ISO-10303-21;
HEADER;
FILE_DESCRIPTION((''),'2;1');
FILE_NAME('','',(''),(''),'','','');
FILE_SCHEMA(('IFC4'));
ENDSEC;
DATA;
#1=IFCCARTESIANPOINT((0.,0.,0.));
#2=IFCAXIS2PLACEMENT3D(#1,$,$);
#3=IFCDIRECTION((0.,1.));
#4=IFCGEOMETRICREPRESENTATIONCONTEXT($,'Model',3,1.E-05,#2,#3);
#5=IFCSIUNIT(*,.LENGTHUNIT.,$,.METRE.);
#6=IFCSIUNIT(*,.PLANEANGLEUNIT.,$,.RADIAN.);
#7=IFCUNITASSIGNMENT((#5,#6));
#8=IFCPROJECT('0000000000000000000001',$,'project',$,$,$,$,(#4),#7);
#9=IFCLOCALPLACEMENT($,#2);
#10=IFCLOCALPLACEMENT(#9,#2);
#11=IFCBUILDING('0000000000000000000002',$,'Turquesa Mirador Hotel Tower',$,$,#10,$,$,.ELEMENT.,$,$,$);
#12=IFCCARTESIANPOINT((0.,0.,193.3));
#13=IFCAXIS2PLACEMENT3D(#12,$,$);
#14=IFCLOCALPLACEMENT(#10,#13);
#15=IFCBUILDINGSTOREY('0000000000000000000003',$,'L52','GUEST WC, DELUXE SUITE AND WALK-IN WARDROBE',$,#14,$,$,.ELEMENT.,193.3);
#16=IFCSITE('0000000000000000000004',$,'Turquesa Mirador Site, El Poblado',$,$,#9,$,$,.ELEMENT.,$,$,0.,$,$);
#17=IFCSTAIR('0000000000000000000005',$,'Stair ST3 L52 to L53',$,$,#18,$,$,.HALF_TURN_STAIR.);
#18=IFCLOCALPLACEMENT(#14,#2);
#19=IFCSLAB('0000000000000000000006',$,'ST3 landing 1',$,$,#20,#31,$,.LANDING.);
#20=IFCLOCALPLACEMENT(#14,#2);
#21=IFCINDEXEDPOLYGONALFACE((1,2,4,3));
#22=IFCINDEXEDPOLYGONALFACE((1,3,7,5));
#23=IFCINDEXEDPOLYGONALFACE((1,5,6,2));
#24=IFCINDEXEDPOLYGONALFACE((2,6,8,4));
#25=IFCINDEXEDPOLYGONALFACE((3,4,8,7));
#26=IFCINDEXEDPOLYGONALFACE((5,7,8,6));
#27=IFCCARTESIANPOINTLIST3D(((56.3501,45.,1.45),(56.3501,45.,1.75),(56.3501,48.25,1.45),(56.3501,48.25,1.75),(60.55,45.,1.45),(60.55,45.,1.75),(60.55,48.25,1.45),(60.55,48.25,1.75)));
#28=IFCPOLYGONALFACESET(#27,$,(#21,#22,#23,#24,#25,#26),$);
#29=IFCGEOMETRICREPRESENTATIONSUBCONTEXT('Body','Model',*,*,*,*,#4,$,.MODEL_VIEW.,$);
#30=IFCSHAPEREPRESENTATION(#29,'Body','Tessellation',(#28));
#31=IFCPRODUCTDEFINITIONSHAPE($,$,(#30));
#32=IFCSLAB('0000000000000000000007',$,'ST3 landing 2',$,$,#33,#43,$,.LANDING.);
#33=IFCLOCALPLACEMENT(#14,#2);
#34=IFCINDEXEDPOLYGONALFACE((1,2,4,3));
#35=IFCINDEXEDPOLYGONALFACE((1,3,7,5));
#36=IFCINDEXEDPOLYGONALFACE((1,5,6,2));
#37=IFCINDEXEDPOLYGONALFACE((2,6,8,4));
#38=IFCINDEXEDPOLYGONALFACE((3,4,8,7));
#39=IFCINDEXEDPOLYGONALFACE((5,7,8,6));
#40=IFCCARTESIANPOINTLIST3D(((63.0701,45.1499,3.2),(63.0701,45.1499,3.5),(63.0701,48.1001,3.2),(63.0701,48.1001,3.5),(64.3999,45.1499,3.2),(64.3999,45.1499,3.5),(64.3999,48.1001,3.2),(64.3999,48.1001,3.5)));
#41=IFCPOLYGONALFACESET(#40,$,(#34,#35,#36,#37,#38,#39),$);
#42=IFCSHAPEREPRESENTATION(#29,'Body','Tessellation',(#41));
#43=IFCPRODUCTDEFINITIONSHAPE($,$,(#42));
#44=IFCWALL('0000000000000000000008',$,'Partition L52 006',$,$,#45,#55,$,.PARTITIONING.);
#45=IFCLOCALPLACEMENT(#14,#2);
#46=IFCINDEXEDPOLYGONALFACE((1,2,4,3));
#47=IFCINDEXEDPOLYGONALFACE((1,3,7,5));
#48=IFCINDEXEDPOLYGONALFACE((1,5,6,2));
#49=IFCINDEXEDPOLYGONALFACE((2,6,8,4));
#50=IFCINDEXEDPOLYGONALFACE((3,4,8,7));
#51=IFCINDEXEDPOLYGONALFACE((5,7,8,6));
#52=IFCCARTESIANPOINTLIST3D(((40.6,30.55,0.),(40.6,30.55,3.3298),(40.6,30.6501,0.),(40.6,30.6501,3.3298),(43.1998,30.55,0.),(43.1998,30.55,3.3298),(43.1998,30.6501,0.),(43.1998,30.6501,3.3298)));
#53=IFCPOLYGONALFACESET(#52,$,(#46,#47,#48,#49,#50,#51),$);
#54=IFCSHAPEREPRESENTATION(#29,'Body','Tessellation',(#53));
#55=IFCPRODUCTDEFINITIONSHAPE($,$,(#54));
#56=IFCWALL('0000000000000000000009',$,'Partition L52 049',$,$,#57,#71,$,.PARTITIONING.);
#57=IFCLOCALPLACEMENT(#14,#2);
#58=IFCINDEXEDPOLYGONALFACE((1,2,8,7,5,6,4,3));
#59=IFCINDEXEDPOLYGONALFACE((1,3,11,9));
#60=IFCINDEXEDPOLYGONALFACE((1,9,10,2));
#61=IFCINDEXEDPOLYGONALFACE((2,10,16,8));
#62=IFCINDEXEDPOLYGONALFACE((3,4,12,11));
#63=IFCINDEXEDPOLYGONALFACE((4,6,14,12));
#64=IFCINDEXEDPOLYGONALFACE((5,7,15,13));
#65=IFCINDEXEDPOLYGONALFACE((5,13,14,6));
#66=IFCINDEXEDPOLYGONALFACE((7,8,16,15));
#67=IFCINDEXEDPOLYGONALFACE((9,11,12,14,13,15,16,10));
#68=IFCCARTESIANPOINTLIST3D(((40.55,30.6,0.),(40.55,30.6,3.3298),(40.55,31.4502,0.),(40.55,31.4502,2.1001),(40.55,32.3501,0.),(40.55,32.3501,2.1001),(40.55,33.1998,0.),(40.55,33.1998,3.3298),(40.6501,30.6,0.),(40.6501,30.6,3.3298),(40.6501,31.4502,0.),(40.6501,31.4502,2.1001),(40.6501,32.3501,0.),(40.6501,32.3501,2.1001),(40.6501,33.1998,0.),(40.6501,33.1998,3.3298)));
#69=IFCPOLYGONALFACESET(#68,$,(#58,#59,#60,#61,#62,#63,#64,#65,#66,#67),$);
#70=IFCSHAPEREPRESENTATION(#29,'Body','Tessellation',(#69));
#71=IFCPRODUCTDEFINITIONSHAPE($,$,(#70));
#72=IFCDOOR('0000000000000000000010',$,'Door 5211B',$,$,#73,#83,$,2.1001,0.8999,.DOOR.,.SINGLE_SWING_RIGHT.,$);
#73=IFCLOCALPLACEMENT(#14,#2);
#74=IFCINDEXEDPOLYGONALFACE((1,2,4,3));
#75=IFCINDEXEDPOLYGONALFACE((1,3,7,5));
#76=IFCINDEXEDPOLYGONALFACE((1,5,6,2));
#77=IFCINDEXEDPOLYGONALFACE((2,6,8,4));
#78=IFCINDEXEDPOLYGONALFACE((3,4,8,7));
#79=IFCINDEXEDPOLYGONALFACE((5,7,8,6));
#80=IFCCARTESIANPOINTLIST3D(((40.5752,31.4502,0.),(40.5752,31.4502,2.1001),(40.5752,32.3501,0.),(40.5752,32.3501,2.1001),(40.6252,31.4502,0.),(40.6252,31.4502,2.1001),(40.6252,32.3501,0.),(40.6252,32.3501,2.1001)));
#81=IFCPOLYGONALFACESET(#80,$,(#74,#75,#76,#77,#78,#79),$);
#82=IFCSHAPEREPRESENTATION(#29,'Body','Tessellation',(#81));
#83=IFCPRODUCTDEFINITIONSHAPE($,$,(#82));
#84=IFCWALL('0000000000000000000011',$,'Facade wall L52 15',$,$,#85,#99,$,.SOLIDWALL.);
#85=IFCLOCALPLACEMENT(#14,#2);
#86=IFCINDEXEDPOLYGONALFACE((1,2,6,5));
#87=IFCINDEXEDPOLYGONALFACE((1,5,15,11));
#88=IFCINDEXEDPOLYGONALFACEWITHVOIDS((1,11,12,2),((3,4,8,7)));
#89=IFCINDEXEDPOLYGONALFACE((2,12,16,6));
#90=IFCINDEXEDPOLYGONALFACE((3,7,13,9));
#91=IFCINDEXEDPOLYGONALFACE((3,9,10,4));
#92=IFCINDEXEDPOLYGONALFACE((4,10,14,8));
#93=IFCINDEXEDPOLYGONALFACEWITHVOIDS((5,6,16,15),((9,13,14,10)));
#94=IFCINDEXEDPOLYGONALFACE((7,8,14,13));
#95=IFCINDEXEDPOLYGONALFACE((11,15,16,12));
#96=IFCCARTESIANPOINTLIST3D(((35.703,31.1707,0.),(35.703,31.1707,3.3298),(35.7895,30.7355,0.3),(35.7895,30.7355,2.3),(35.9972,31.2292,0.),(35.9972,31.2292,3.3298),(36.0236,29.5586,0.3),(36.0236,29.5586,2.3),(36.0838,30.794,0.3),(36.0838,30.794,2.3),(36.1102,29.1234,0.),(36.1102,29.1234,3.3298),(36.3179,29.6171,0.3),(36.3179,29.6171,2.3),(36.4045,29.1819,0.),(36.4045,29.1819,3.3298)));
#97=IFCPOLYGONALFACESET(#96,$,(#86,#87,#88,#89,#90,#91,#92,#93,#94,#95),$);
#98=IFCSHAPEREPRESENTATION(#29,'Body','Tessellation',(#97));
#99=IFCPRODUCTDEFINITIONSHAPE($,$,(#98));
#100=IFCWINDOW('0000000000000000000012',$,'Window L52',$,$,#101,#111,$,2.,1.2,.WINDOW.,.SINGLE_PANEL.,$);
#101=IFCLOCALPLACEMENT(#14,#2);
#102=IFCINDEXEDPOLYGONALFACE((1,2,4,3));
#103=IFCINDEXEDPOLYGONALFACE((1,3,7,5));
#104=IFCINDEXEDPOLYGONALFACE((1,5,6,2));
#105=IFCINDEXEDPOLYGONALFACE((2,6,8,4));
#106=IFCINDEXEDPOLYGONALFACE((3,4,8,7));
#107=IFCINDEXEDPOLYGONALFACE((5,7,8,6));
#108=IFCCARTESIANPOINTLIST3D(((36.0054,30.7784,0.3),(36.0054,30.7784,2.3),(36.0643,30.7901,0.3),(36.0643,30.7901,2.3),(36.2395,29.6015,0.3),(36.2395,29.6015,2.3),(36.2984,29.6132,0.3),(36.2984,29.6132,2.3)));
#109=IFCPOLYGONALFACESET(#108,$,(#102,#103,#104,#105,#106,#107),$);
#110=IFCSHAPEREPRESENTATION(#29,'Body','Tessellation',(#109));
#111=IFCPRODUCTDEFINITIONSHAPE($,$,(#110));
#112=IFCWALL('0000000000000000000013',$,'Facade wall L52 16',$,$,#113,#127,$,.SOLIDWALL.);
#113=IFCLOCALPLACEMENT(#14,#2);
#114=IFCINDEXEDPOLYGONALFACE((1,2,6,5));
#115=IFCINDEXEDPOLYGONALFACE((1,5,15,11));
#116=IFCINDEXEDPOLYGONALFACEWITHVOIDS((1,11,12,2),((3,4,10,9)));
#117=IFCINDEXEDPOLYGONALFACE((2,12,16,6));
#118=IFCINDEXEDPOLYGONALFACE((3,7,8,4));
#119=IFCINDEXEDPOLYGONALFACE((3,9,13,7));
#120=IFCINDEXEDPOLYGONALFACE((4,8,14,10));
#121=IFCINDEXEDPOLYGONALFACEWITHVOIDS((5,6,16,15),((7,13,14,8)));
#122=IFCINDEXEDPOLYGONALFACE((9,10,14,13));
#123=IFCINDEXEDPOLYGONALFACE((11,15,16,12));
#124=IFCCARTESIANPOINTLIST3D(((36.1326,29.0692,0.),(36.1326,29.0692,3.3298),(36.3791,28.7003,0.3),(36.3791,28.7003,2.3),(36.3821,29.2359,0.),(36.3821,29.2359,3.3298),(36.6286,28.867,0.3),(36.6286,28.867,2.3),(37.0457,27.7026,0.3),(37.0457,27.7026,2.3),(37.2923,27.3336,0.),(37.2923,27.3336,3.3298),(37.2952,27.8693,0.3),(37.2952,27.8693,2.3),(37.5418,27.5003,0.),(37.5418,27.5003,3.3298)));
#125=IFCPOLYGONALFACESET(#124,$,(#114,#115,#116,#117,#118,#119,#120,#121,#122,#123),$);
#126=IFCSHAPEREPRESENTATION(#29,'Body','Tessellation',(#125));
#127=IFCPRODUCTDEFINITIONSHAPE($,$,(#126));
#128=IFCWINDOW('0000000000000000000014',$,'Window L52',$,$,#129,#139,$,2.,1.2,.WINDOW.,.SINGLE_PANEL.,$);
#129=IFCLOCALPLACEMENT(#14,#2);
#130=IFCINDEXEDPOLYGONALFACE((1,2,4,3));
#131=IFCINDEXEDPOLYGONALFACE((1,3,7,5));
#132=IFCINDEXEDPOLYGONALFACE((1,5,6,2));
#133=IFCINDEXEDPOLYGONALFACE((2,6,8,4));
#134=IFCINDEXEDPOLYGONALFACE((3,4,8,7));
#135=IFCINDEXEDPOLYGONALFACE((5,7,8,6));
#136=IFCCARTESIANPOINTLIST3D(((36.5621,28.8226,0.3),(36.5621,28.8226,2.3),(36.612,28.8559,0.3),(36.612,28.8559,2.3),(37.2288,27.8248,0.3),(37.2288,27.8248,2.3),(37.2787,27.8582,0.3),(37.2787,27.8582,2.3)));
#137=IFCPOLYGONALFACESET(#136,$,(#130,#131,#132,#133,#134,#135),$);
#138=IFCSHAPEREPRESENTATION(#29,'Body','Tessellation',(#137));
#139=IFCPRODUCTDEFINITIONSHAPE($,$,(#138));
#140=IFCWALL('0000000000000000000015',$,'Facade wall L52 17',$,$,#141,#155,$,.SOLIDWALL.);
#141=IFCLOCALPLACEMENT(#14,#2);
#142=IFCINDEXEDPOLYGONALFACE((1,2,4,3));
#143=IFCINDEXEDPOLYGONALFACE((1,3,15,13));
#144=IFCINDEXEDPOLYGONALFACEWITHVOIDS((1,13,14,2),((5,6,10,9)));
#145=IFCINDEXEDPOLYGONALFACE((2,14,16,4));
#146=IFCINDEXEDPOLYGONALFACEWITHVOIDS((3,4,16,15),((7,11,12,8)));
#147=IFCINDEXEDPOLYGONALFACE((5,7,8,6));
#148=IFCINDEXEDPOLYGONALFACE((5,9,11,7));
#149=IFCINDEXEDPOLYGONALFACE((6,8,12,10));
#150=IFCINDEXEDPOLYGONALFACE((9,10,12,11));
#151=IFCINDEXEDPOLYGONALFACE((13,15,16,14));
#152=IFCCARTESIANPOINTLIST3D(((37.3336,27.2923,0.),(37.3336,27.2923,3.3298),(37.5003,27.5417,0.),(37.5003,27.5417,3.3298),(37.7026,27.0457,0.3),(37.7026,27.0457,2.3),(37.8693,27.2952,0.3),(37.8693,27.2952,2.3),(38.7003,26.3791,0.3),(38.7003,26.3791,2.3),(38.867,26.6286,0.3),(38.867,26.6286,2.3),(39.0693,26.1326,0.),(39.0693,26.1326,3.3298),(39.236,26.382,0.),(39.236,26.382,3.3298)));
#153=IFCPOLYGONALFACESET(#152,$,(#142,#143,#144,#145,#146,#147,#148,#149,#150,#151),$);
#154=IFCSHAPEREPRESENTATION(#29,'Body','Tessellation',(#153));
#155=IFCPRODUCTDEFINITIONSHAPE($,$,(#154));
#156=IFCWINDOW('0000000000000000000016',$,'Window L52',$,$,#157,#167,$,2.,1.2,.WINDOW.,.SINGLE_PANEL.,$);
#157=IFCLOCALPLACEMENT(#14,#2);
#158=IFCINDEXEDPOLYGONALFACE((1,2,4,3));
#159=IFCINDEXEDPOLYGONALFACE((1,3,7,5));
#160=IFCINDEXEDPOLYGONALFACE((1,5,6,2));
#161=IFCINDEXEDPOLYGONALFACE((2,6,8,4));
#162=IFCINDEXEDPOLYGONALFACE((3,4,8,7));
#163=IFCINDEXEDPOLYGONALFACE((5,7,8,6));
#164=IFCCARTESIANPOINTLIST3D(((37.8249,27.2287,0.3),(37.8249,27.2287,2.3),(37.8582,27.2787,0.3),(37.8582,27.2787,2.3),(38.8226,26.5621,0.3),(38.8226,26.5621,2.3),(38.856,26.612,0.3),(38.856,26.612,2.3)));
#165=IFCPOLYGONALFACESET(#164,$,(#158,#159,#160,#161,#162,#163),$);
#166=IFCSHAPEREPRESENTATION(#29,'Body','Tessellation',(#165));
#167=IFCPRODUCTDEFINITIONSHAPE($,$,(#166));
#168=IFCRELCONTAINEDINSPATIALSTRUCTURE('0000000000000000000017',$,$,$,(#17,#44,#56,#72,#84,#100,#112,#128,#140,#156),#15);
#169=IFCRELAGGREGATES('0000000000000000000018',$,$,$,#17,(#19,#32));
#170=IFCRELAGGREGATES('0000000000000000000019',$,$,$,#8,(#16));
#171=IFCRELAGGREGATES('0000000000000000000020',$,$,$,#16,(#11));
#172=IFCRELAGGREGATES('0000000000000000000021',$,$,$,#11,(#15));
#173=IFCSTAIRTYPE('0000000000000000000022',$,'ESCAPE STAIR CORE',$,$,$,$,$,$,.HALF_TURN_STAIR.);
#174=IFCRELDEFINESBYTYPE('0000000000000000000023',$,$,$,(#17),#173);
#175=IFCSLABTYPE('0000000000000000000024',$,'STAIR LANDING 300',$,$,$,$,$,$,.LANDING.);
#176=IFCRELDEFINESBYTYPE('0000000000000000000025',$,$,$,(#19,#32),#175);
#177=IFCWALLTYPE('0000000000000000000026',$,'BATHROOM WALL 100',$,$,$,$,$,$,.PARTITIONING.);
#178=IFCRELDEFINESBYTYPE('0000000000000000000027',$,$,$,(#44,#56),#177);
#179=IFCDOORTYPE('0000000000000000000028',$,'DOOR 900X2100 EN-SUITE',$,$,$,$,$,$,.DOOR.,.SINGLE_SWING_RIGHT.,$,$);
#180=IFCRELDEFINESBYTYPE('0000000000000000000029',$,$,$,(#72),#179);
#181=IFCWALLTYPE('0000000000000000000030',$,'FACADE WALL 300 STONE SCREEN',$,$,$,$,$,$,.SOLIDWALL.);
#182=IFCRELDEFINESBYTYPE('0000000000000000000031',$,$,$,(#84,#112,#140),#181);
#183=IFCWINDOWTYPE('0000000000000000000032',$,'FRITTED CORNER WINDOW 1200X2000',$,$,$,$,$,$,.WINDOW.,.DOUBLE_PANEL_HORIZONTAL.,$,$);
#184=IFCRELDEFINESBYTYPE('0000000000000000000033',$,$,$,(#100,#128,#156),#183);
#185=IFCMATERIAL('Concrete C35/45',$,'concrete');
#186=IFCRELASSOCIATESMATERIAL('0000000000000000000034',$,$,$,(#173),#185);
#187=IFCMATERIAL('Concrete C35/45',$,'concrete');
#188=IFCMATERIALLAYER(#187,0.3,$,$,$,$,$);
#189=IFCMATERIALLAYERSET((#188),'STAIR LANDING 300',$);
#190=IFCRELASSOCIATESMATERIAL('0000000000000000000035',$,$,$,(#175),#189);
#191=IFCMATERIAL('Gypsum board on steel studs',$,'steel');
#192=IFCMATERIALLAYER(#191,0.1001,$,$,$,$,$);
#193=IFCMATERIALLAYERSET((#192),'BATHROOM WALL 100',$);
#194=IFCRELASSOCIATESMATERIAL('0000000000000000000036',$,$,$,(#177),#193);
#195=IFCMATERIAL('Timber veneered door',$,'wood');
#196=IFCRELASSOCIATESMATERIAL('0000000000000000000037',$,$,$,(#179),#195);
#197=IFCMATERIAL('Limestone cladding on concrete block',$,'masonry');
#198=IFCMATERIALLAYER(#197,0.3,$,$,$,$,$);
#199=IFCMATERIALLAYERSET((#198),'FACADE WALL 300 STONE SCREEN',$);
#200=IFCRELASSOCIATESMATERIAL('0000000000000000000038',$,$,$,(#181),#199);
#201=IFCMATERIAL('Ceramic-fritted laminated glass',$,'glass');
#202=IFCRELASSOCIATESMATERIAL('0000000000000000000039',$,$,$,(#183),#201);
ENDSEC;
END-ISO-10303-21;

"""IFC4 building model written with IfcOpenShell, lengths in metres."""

from ifc_helpers import new_model, si_unit, direction, frame, frame_2d, origin, place, context, subcontext, project, spatial, polyline, rectangle, outline, extrude, material, layer, layer_set, type_object, element, fill, aggregate, save


model = new_model("IFC4")

# Units and contexts
model_context = context("Model", 3, precision=1e-05, world=origin(), true_north=direction((0.0, 1.0)))
body_context = subcontext(model_context, "Body", "Model", "MODEL_VIEW")
ifc_project = project(units=[si_unit("LENGTHUNIT", "METRE"), si_unit("PLANEANGLEUNIT", "RADIAN")], contexts=[model_context])

# Site, building, storey
site_placement = place(None, origin())
site = spatial("IfcSite", under=ifc_project, at=site_placement, Name="Turquesa Mirador Site, El Poblado", CompositionType="ELEMENT", RefElevation=0.0)
building_placement = place(site_placement, origin())
building = spatial("IfcBuilding", under=site, at=building_placement, Name="Turquesa Mirador Hotel Tower", CompositionType="ELEMENT")
storey_placement = place(building_placement, frame((0.0, 0.0, 193.3)))
storey = spatial("IfcBuildingStorey", under=building, at=storey_placement, Name="L52", Description="GUEST WC, DELUXE SUITE AND WALK-IN WARDROBE", CompositionType="ELEMENT", Elevation=193.3)

# Stair, slabs
ifc_material_1 = material(Name="Concrete C35/45", Category="concrete")
stair_type = type_object("IfcStairType", Name="ESCAPE STAIR CORE", PredefinedType="HALF_TURN_STAIR", material=ifc_material_1)
ifc_material_2 = material(Name="Concrete C35/45", Category="concrete")
ifc_layer_1 = layer(ifc_material_2, 0.3)
ifc_layer_set_1 = layer_set([ifc_layer_1], Name="STAIR LANDING 300")
slab_type_1 = type_object("IfcSlabType", Name="STAIR LANDING 300", PredefinedType="LANDING", material=ifc_layer_set_1)
stair_1_placement = place(storey_placement, origin())
stair_1 = element("IfcStair", 1, at=stair_1_placement, inside=storey, type_object=stair_type, Name="Stair ST3 L52 to L53", PredefinedType="HALF_TURN_STAIR")
slab_1_placement = place(storey_placement, frame((0.0, 0.0, 1.45)))
slab_1 = element("IfcSlab", 2, at=slab_1_placement, type_object=slab_type_1, Name="ST3 landing 1", PredefinedType="LANDING", context=body_context, shape_type="SweptSolid", body=[
    extrude(outline(polyline([(56.3501, 45.0), (60.55, 45.0), (60.55, 48.25), (56.3501, 48.25), (56.3501, 45.0)])), origin(), (0.0, 0.0, 1.0), 0.3),
])
slab_2_placement = place(storey_placement, frame((0.0, 0.0, 3.2)))
slab_2 = element("IfcSlab", 3, at=slab_2_placement, type_object=slab_type_1, Name="ST3 landing 2", PredefinedType="LANDING", context=body_context, shape_type="SweptSolid", body=[
    extrude(outline(polyline([(63.0701, 45.1499), (64.3999, 45.1499), (64.3999, 48.1001), (63.0701, 48.1001), (63.0701, 45.1499)])), origin(), (0.0, 0.0, 1.0), 0.3),
])
aggregate(stair_1, [slab_1, slab_2])

# Wall
ifc_material_3 = material(Name="Gypsum board on steel studs", Category="steel")
ifc_layer_2 = layer(ifc_material_3, 0.1001)
ifc_layer_set_2 = layer_set([ifc_layer_2], Name="BATHROOM WALL 100")
wall_type_1 = type_object("IfcWallType", Name="BATHROOM WALL 100", PredefinedType="PARTITIONING", material=ifc_layer_set_2)
wall_1_placement = place(storey_placement, frame((40.6001, 30.6001, 0.0), z_axis=(0.0, 0.0, 1.0), x_axis=(1.0, 0.0, 0.0)))
element("IfcWall", 4, at=wall_1_placement, inside=storey, type_object=wall_type_1, Name="Partition L52 006", PredefinedType="PARTITIONING", context=body_context, shape_type="SweptSolid", body=[
    extrude(rectangle(XDim=2.5999, YDim=0.1001, at=frame_2d((1.2998, 0.0))), origin(), (0.0, 0.0, 1.0), 3.3298),
])

# Wall, opening, door
wall_2_placement = place(storey_placement, frame((40.6001, 30.6001, 0.0), z_axis=(0.0, 0.0, 1.0), x_axis=(0.0, 1.0, 0.0)))
wall_2 = element("IfcWall", 5, at=wall_2_placement, inside=storey, type_object=wall_type_1, Name="Partition L52 049", PredefinedType="PARTITIONING", context=body_context, shape_type="SweptSolid", body=[
    extrude(rectangle(XDim=2.5999, YDim=0.1001, at=frame_2d((1.2998, 0.0))), origin(), (0.0, 0.0, 1.0), 3.3298),
])
opening_1_placement = place(wall_2_placement, frame((0.8501, 0.0, 0.0)))
opening_1 = element("IfcOpeningElement", 6, at=opening_1_placement, cuts=wall_2, PredefinedType="OPENING", context=body_context, shape_type="SweptSolid", body=[
    extrude(rectangle(XDim=0.8999, YDim=2.1001, at=frame_2d((0.45, 1.05))), frame((0.0, 0.0601, 0.0), z_axis=(0.0, -1.0, 0.0), x_axis=(1.0, 0.0, 0.0)), (0.0, 0.0, 1.0), 0.1201),
])
ifc_material_4 = material(Name="Timber veneered door", Category="wood")
door_type = type_object("IfcDoorType", Name="DOOR 900X2100 EN-SUITE", OperationType="SINGLE_SWING_RIGHT", PredefinedType="DOOR", material=ifc_material_4)
door_placement = place(opening_1_placement, origin())
door = element("IfcDoor", 7, at=door_placement, inside=storey, type_object=door_type, Name="Door 5211B", OperationType="SINGLE_SWING_RIGHT", OverallHeight=2.1001, OverallWidth=0.8999, PredefinedType="DOOR", context=body_context, shape_type="SweptSolid", body=[
    extrude(rectangle(XDim=0.8999, YDim=2.1001, at=frame_2d((0.45, 1.05))), frame((0.0, 0.0249, 0.0), z_axis=(0.0, -1.0, 0.0), x_axis=(1.0, 0.0, 0.0)), (0.0, 0.0, 1.0), 0.05),
])
fill(opening_1, door)

# Walls, openings, windows
ifc_material_5 = material(Name="Limestone cladding on concrete block", Category="masonry")
ifc_layer_3 = layer(ifc_material_5, 0.3)
ifc_layer_set_3 = layer_set([ifc_layer_3], Name="FACADE WALL 300 STONE SCREEN")
wall_type_2 = type_object("IfcWallType", Name="FACADE WALL 300 STONE SCREEN", PredefinedType="SOLIDWALL", material=ifc_layer_set_3)
wall_3_placement = place(storey_placement, frame((35.8501, 31.2, 0.0), z_axis=(0.0, 0.0, 1.0), x_axis=(0.195081, -0.980787, 0.0)))
wall_3 = element("IfcWall", 8, at=wall_3_placement, inside=storey, type_object=wall_type_2, Name="Facade wall L52 15", PredefinedType="SOLIDWALL", context=body_context, shape_type="SweptSolid", body=[
    extrude(rectangle(XDim=2.0874, YDim=0.3, at=frame_2d((1.0437, 0.0))), origin(), (0.0, 0.0, 1.0), 3.3298),
])
opening_2_placement = place(wall_3_placement, frame((0.4436, 0.0, 0.3)))
opening_2 = element("IfcOpeningElement", 9, at=opening_2_placement, cuts=wall_3, PredefinedType="OPENING", context=body_context, shape_type="SweptSolid", body=[
    extrude(rectangle(XDim=1.2, YDim=2.0, at=frame_2d((0.6001, 1.0))), frame((0.0, 0.1599, 0.0), z_axis=(0.0, -1.0, 0.0), x_axis=(1.0, 0.0, 0.0)), (0.0, 0.0, 1.0), 0.3201),
])
ifc_material_6 = material(Name="Ceramic-fritted laminated glass", Category="glass")
window_type_1 = type_object("IfcWindowType", Name="FRITTED CORNER WINDOW 1200X2000", PartitioningType="DOUBLE_PANEL_HORIZONTAL", PredefinedType="WINDOW", material=ifc_material_6)
window_1_placement = place(opening_2_placement, origin())
window_1 = element("IfcWindow", 10, at=window_1_placement, inside=storey, type_object=window_type_1, Name="Window L52", OverallHeight=2.0, OverallWidth=1.2, PartitioningType="SINGLE_PANEL", PredefinedType="WINDOW", context=body_context, shape_type="SweptSolid", body=[
    extrude(rectangle(XDim=1.2, YDim=2.0, at=frame_2d((0.6001, 1.0))), frame((0.0, 0.1301, 0.0), z_axis=(0.0, -1.0, 0.0), x_axis=(1.0, 0.0, 0.0)), (0.0, 0.0, 1.0), 0.0601),
])
fill(opening_2, window_1)
wall_4_placement = place(storey_placement, frame((36.2573, 29.1526, 0.0), z_axis=(0.0, 0.0, 1.0), x_axis=(0.555564, -0.831474, 0.0)))
wall_4 = element("IfcWall", 11, at=wall_4_placement, inside=storey, type_object=wall_type_2, Name="Facade wall L52 16", PredefinedType="SOLIDWALL", context=body_context, shape_type="SweptSolid", body=[
    extrude(rectangle(XDim=2.0874, YDim=0.3, at=frame_2d((1.0437, 0.0))), origin(), (0.0, 0.0, 1.0), 3.3298),
])
opening_3_placement = place(wall_4_placement, frame((0.4436, 0.0, 0.3)))
opening_3 = element("IfcOpeningElement", 12, at=opening_3_placement, cuts=wall_4, PredefinedType="OPENING", context=body_context, shape_type="SweptSolid", body=[
    extrude(rectangle(XDim=1.2, YDim=2.0, at=frame_2d((0.6001, 1.0))), frame((0.0, 0.1599, 0.0), z_axis=(0.0, -1.0, 0.0), x_axis=(1.0, 0.0, 0.0)), (0.0, 0.0, 1.0), 0.3201),
])
window_2_placement = place(opening_3_placement, origin())
window_2 = element("IfcWindow", 13, at=window_2_placement, inside=storey, type_object=window_type_1, Name="Window L52", OverallHeight=2.0, OverallWidth=1.2, PartitioningType="SINGLE_PANEL", PredefinedType="WINDOW", context=body_context, shape_type="SweptSolid", body=[
    extrude(rectangle(XDim=1.2, YDim=2.0, at=frame_2d((0.6001, 1.0))), frame((0.0, 0.1301, 0.0), z_axis=(0.0, -1.0, 0.0), x_axis=(1.0, 0.0, 0.0)), (0.0, 0.0, 1.0), 0.0601),
])
fill(opening_3, window_2)
wall_5_placement = place(storey_placement, frame((37.417, 27.417, 0.0), z_axis=(0.0, 0.0, 1.0), x_axis=(0.831474, -0.555564, 0.0)))
wall_5 = element("IfcWall", 14, at=wall_5_placement, inside=storey, type_object=wall_type_2, Name="Facade wall L52 17", PredefinedType="SOLIDWALL", context=body_context, shape_type="SweptSolid", body=[
    extrude(rectangle(XDim=2.0874, YDim=0.3, at=frame_2d((1.0437, 0.0))), origin(), (0.0, 0.0, 1.0), 3.3298),
])
opening_4_placement = place(wall_5_placement, frame((0.4436, 0.0, 0.3)))
opening_4 = element("IfcOpeningElement", 15, at=opening_4_placement, cuts=wall_5, PredefinedType="OPENING", context=body_context, shape_type="SweptSolid", body=[
    extrude(rectangle(XDim=1.2, YDim=2.0, at=frame_2d((0.6001, 1.0))), frame((0.0, 0.1599, 0.0), z_axis=(0.0, -1.0, 0.0), x_axis=(1.0, 0.0, 0.0)), (0.0, 0.0, 1.0), 0.3201),
])
window_3_placement = place(opening_4_placement, origin())
window_3 = element("IfcWindow", 16, at=window_3_placement, inside=storey, type_object=window_type_1, Name="Window L52", OverallHeight=2.0, OverallWidth=1.2, PartitioningType="SINGLE_PANEL", PredefinedType="WINDOW", context=body_context, shape_type="SweptSolid", body=[
    extrude(rectangle(XDim=1.2, YDim=2.0, at=frame_2d((0.6001, 1.0))), frame((0.0, 0.1301, 0.0), z_axis=(0.0, -1.0, 0.0), x_axis=(1.0, 0.0, 0.0)), (0.0, 0.0, 1.0), 0.0601),
])
fill(opening_4, window_3)

save(model, "model.ifc")
